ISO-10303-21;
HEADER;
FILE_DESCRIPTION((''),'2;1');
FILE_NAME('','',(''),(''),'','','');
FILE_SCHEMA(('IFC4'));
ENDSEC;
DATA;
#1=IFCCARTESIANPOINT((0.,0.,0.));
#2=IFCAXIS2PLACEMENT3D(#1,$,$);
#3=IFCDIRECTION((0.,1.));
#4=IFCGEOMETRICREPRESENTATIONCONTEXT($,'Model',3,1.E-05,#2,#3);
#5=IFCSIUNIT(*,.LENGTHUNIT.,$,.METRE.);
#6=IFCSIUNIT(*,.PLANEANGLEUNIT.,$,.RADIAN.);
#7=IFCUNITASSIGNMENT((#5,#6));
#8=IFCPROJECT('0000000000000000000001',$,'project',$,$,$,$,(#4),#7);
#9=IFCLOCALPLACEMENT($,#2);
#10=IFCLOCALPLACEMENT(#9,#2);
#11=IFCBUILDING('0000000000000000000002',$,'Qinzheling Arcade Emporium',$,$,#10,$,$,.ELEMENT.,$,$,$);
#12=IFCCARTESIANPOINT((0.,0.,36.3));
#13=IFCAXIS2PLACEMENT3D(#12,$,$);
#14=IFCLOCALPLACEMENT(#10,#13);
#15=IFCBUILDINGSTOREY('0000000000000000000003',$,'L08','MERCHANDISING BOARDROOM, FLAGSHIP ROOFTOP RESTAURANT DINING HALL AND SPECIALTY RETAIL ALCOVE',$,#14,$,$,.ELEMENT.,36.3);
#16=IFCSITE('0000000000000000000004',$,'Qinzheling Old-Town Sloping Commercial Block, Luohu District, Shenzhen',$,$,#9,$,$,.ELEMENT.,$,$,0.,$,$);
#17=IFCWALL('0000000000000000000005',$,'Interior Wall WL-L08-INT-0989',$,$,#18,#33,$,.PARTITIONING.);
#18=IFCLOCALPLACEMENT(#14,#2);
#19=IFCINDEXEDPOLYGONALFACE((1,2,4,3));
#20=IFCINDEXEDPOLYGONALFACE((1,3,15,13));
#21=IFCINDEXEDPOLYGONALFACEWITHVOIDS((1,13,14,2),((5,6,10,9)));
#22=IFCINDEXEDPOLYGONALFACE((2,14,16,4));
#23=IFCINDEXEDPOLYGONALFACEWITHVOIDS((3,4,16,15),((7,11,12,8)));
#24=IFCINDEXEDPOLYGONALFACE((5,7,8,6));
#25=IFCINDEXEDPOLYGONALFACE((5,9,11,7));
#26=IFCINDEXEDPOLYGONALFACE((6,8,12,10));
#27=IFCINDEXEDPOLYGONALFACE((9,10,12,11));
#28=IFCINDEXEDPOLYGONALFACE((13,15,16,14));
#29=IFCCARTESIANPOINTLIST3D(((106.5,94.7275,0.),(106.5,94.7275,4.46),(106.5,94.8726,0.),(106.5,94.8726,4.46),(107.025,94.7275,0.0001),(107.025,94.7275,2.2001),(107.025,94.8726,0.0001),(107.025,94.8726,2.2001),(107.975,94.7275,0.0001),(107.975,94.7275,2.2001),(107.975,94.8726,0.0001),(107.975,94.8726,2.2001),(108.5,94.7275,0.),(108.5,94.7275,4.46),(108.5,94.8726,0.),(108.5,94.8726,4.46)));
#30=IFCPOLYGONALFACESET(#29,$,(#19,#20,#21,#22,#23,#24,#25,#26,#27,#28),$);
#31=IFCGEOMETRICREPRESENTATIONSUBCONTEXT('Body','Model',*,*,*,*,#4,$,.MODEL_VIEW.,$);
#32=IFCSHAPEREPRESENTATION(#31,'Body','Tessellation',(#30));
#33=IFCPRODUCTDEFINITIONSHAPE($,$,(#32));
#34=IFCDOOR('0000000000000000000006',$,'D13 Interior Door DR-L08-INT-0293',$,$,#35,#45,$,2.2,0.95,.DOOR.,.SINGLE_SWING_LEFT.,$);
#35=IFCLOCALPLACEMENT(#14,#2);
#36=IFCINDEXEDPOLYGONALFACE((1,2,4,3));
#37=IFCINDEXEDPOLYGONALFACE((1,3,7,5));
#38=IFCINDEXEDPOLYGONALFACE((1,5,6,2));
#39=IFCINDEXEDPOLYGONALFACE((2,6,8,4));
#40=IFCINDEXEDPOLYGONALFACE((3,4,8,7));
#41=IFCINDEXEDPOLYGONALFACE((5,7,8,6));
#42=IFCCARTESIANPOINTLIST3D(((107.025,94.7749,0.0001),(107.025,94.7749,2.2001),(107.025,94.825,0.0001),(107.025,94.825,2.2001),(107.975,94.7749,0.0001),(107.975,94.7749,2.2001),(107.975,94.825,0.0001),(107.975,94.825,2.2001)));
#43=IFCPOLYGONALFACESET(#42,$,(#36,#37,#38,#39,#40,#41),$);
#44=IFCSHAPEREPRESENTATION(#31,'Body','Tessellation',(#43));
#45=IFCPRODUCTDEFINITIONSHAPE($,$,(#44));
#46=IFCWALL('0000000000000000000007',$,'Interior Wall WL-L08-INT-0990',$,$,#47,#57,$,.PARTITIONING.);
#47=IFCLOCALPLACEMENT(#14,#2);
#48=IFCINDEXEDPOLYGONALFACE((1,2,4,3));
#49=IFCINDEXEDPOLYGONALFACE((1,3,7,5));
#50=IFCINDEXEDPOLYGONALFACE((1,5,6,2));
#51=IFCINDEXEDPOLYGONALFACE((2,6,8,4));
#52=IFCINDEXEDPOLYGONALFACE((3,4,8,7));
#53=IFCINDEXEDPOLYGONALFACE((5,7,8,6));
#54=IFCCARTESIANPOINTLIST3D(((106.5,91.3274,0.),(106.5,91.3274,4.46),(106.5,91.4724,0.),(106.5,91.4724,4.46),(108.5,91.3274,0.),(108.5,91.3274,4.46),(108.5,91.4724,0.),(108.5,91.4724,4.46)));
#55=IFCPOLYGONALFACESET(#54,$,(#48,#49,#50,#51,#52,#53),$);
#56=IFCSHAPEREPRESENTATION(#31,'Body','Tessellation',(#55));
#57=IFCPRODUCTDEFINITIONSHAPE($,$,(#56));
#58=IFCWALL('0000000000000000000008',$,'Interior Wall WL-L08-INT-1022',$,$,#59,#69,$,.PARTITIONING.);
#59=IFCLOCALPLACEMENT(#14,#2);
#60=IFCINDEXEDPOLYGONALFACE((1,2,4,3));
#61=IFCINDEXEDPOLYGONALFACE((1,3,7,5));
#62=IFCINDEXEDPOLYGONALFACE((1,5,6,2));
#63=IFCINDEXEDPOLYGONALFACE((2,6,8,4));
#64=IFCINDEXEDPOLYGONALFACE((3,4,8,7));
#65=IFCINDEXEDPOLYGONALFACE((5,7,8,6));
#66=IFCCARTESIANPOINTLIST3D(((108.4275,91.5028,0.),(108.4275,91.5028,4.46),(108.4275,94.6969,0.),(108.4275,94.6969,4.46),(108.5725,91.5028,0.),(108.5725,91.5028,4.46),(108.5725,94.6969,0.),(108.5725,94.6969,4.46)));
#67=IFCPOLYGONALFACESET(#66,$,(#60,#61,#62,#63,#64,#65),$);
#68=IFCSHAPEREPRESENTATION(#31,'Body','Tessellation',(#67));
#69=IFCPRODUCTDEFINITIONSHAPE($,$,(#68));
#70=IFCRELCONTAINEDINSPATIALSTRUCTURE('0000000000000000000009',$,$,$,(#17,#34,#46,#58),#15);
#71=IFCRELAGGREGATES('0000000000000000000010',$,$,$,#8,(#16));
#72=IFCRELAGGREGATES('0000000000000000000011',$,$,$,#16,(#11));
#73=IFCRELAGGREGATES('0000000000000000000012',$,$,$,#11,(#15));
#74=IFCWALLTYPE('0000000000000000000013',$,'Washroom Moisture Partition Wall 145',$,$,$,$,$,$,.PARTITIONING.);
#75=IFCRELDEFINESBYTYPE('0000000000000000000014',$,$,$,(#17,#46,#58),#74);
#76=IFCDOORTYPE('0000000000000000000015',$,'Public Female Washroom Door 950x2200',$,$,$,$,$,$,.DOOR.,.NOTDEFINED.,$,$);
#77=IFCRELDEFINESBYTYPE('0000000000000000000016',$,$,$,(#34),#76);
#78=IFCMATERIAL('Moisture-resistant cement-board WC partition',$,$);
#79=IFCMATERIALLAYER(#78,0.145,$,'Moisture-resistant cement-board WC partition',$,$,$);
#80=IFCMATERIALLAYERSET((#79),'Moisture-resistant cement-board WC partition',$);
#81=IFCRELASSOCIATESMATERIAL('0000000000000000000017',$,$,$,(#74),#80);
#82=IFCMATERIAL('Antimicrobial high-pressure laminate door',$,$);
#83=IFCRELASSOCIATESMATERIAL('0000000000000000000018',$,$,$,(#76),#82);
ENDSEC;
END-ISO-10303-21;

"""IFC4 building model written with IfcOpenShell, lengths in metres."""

from ifc_helpers import new_model, si_unit, direction, frame, frame_2d, origin, place, context, subcontext, project, spatial, rectangle, extrude, material, layer, layer_set, type_object, element, fill, save


model = new_model("IFC4")

# Units and contexts
model_context = context("Model", 3, precision=1e-05, world=origin(), true_north=direction((0.0, 1.0)))
body_context = subcontext(model_context, "Body", "Model", "MODEL_VIEW")
ifc_project = project(units=[si_unit("LENGTHUNIT", "METRE"), si_unit("PLANEANGLEUNIT", "RADIAN")], contexts=[model_context])

# Site, building, storey
site_placement = place(None, origin())
site = spatial("IfcSite", under=ifc_project, at=site_placement, Name="Qinzheling Old-Town Sloping Commercial Block, Luohu District, Shenzhen", CompositionType="ELEMENT", RefElevation=0.0)
building_placement = place(site_placement, origin())
building = spatial("IfcBuilding", under=site, at=building_placement, Name="Qinzheling Arcade Emporium", CompositionType="ELEMENT")
storey_placement = place(building_placement, frame((0.0, 0.0, 36.3)))
storey = spatial("IfcBuildingStorey", under=building, at=storey_placement, Name="L08", Description="MERCHANDISING BOARDROOM, FLAGSHIP ROOFTOP RESTAURANT DINING HALL AND SPECIALTY RETAIL ALCOVE", CompositionType="ELEMENT", Elevation=36.3)

# Wall, opening, door
ifc_material_1 = material(Name="Moisture-resistant cement-board WC partition")
ifc_layer_1 = layer(ifc_material_1, 0.145, Name="Moisture-resistant cement-board WC partition")
ifc_layer_set_1 = layer_set([ifc_layer_1], Name="Moisture-resistant cement-board WC partition")
wall_type_1 = type_object("IfcWallType", Name="Washroom Moisture Partition Wall 145", PredefinedType="PARTITIONING", material=ifc_layer_set_1)
wall_1_placement = place(storey_placement, frame((106.5, 94.8, 0.0), z_axis=(0.0, 0.0, 1.0), x_axis=(1.0, 0.0, 0.0)))
wall_1 = element("IfcWall", 1, at=wall_1_placement, inside=storey, type_object=wall_type_1, Name="Interior Wall WL-L08-INT-0989", PredefinedType="PARTITIONING", context=body_context, shape_type="SweptSolid", body=[
    extrude(rectangle(XDim=2.0, YDim=0.145, at=frame_2d((1.0, 0.0))), origin(), (0.0, 0.0, 1.0), 4.46),
])
opening_1_placement = place(wall_1_placement, frame((0.5249, 0.0, 0.0)))
opening_1 = element("IfcOpeningElement", 2, at=opening_1_placement, cuts=wall_1, PredefinedType="OPENING", context=body_context, shape_type="SweptSolid", body=[
    extrude(rectangle(XDim=0.95, YDim=2.2, at=frame_2d((0.4751, 1.1001))), frame((0.0, 0.0825, 0.0), z_axis=(0.0, -1.0, 0.0), x_axis=(1.0, 0.0, 0.0)), (0.0, 0.0, 1.0), 0.165),
])
ifc_material_2 = material(Name="Antimicrobial high-pressure laminate door")
door_type_1 = type_object("IfcDoorType", Name="Public Female Washroom Door 950x2200", OperationType="NOTDEFINED", PredefinedType="DOOR", material=ifc_material_2)
door_1_placement = place(opening_1_placement, origin())
door_1 = element("IfcDoor", 3, at=door_1_placement, inside=storey, type_object=door_type_1, Name="D13 Interior Door DR-L08-INT-0293", OperationType="SINGLE_SWING_LEFT", OverallHeight=2.2, OverallWidth=0.95, PredefinedType="DOOR", context=body_context, shape_type="SweptSolid", body=[
    extrude(rectangle(XDim=0.95, YDim=2.2, at=frame_2d((0.4751, 1.1001))), frame((0.0, 0.0249, 0.0), z_axis=(0.0, -1.0, 0.0), x_axis=(1.0, 0.0, 0.0)), (0.0, 0.0, 1.0), 0.05),
])
fill(opening_1, door_1)

# Walls
wall_2_placement = place(storey_placement, frame((108.5, 91.3999, 0.0), z_axis=(0.0, 0.0, 1.0), x_axis=(-1.0, 0.0, 0.0)))
element("IfcWall", 4, at=wall_2_placement, inside=storey, type_object=wall_type_1, Name="Interior Wall WL-L08-INT-0990", PredefinedType="PARTITIONING", context=body_context, shape_type="SweptSolid", body=[
    extrude(rectangle(XDim=2.0, YDim=0.145, at=frame_2d((1.0, 0.0))), origin(), (0.0, 0.0, 1.0), 4.46),
])
wall_3_placement = place(storey_placement, frame((108.5, 94.697, 0.0), z_axis=(0.0, 0.0, 1.0), x_axis=(0.0, -1.0, 0.0)))
element("IfcWall", 5, at=wall_3_placement, inside=storey, type_object=wall_type_1, Name="Interior Wall WL-L08-INT-1022", PredefinedType="PARTITIONING", context=body_context, shape_type="SweptSolid", body=[
    extrude(rectangle(XDim=3.1941, YDim=0.145, at=frame_2d((1.5972, 0.0))), origin(), (0.0, 0.0, 1.0), 4.46),
])

save(model, "model.ifc")
